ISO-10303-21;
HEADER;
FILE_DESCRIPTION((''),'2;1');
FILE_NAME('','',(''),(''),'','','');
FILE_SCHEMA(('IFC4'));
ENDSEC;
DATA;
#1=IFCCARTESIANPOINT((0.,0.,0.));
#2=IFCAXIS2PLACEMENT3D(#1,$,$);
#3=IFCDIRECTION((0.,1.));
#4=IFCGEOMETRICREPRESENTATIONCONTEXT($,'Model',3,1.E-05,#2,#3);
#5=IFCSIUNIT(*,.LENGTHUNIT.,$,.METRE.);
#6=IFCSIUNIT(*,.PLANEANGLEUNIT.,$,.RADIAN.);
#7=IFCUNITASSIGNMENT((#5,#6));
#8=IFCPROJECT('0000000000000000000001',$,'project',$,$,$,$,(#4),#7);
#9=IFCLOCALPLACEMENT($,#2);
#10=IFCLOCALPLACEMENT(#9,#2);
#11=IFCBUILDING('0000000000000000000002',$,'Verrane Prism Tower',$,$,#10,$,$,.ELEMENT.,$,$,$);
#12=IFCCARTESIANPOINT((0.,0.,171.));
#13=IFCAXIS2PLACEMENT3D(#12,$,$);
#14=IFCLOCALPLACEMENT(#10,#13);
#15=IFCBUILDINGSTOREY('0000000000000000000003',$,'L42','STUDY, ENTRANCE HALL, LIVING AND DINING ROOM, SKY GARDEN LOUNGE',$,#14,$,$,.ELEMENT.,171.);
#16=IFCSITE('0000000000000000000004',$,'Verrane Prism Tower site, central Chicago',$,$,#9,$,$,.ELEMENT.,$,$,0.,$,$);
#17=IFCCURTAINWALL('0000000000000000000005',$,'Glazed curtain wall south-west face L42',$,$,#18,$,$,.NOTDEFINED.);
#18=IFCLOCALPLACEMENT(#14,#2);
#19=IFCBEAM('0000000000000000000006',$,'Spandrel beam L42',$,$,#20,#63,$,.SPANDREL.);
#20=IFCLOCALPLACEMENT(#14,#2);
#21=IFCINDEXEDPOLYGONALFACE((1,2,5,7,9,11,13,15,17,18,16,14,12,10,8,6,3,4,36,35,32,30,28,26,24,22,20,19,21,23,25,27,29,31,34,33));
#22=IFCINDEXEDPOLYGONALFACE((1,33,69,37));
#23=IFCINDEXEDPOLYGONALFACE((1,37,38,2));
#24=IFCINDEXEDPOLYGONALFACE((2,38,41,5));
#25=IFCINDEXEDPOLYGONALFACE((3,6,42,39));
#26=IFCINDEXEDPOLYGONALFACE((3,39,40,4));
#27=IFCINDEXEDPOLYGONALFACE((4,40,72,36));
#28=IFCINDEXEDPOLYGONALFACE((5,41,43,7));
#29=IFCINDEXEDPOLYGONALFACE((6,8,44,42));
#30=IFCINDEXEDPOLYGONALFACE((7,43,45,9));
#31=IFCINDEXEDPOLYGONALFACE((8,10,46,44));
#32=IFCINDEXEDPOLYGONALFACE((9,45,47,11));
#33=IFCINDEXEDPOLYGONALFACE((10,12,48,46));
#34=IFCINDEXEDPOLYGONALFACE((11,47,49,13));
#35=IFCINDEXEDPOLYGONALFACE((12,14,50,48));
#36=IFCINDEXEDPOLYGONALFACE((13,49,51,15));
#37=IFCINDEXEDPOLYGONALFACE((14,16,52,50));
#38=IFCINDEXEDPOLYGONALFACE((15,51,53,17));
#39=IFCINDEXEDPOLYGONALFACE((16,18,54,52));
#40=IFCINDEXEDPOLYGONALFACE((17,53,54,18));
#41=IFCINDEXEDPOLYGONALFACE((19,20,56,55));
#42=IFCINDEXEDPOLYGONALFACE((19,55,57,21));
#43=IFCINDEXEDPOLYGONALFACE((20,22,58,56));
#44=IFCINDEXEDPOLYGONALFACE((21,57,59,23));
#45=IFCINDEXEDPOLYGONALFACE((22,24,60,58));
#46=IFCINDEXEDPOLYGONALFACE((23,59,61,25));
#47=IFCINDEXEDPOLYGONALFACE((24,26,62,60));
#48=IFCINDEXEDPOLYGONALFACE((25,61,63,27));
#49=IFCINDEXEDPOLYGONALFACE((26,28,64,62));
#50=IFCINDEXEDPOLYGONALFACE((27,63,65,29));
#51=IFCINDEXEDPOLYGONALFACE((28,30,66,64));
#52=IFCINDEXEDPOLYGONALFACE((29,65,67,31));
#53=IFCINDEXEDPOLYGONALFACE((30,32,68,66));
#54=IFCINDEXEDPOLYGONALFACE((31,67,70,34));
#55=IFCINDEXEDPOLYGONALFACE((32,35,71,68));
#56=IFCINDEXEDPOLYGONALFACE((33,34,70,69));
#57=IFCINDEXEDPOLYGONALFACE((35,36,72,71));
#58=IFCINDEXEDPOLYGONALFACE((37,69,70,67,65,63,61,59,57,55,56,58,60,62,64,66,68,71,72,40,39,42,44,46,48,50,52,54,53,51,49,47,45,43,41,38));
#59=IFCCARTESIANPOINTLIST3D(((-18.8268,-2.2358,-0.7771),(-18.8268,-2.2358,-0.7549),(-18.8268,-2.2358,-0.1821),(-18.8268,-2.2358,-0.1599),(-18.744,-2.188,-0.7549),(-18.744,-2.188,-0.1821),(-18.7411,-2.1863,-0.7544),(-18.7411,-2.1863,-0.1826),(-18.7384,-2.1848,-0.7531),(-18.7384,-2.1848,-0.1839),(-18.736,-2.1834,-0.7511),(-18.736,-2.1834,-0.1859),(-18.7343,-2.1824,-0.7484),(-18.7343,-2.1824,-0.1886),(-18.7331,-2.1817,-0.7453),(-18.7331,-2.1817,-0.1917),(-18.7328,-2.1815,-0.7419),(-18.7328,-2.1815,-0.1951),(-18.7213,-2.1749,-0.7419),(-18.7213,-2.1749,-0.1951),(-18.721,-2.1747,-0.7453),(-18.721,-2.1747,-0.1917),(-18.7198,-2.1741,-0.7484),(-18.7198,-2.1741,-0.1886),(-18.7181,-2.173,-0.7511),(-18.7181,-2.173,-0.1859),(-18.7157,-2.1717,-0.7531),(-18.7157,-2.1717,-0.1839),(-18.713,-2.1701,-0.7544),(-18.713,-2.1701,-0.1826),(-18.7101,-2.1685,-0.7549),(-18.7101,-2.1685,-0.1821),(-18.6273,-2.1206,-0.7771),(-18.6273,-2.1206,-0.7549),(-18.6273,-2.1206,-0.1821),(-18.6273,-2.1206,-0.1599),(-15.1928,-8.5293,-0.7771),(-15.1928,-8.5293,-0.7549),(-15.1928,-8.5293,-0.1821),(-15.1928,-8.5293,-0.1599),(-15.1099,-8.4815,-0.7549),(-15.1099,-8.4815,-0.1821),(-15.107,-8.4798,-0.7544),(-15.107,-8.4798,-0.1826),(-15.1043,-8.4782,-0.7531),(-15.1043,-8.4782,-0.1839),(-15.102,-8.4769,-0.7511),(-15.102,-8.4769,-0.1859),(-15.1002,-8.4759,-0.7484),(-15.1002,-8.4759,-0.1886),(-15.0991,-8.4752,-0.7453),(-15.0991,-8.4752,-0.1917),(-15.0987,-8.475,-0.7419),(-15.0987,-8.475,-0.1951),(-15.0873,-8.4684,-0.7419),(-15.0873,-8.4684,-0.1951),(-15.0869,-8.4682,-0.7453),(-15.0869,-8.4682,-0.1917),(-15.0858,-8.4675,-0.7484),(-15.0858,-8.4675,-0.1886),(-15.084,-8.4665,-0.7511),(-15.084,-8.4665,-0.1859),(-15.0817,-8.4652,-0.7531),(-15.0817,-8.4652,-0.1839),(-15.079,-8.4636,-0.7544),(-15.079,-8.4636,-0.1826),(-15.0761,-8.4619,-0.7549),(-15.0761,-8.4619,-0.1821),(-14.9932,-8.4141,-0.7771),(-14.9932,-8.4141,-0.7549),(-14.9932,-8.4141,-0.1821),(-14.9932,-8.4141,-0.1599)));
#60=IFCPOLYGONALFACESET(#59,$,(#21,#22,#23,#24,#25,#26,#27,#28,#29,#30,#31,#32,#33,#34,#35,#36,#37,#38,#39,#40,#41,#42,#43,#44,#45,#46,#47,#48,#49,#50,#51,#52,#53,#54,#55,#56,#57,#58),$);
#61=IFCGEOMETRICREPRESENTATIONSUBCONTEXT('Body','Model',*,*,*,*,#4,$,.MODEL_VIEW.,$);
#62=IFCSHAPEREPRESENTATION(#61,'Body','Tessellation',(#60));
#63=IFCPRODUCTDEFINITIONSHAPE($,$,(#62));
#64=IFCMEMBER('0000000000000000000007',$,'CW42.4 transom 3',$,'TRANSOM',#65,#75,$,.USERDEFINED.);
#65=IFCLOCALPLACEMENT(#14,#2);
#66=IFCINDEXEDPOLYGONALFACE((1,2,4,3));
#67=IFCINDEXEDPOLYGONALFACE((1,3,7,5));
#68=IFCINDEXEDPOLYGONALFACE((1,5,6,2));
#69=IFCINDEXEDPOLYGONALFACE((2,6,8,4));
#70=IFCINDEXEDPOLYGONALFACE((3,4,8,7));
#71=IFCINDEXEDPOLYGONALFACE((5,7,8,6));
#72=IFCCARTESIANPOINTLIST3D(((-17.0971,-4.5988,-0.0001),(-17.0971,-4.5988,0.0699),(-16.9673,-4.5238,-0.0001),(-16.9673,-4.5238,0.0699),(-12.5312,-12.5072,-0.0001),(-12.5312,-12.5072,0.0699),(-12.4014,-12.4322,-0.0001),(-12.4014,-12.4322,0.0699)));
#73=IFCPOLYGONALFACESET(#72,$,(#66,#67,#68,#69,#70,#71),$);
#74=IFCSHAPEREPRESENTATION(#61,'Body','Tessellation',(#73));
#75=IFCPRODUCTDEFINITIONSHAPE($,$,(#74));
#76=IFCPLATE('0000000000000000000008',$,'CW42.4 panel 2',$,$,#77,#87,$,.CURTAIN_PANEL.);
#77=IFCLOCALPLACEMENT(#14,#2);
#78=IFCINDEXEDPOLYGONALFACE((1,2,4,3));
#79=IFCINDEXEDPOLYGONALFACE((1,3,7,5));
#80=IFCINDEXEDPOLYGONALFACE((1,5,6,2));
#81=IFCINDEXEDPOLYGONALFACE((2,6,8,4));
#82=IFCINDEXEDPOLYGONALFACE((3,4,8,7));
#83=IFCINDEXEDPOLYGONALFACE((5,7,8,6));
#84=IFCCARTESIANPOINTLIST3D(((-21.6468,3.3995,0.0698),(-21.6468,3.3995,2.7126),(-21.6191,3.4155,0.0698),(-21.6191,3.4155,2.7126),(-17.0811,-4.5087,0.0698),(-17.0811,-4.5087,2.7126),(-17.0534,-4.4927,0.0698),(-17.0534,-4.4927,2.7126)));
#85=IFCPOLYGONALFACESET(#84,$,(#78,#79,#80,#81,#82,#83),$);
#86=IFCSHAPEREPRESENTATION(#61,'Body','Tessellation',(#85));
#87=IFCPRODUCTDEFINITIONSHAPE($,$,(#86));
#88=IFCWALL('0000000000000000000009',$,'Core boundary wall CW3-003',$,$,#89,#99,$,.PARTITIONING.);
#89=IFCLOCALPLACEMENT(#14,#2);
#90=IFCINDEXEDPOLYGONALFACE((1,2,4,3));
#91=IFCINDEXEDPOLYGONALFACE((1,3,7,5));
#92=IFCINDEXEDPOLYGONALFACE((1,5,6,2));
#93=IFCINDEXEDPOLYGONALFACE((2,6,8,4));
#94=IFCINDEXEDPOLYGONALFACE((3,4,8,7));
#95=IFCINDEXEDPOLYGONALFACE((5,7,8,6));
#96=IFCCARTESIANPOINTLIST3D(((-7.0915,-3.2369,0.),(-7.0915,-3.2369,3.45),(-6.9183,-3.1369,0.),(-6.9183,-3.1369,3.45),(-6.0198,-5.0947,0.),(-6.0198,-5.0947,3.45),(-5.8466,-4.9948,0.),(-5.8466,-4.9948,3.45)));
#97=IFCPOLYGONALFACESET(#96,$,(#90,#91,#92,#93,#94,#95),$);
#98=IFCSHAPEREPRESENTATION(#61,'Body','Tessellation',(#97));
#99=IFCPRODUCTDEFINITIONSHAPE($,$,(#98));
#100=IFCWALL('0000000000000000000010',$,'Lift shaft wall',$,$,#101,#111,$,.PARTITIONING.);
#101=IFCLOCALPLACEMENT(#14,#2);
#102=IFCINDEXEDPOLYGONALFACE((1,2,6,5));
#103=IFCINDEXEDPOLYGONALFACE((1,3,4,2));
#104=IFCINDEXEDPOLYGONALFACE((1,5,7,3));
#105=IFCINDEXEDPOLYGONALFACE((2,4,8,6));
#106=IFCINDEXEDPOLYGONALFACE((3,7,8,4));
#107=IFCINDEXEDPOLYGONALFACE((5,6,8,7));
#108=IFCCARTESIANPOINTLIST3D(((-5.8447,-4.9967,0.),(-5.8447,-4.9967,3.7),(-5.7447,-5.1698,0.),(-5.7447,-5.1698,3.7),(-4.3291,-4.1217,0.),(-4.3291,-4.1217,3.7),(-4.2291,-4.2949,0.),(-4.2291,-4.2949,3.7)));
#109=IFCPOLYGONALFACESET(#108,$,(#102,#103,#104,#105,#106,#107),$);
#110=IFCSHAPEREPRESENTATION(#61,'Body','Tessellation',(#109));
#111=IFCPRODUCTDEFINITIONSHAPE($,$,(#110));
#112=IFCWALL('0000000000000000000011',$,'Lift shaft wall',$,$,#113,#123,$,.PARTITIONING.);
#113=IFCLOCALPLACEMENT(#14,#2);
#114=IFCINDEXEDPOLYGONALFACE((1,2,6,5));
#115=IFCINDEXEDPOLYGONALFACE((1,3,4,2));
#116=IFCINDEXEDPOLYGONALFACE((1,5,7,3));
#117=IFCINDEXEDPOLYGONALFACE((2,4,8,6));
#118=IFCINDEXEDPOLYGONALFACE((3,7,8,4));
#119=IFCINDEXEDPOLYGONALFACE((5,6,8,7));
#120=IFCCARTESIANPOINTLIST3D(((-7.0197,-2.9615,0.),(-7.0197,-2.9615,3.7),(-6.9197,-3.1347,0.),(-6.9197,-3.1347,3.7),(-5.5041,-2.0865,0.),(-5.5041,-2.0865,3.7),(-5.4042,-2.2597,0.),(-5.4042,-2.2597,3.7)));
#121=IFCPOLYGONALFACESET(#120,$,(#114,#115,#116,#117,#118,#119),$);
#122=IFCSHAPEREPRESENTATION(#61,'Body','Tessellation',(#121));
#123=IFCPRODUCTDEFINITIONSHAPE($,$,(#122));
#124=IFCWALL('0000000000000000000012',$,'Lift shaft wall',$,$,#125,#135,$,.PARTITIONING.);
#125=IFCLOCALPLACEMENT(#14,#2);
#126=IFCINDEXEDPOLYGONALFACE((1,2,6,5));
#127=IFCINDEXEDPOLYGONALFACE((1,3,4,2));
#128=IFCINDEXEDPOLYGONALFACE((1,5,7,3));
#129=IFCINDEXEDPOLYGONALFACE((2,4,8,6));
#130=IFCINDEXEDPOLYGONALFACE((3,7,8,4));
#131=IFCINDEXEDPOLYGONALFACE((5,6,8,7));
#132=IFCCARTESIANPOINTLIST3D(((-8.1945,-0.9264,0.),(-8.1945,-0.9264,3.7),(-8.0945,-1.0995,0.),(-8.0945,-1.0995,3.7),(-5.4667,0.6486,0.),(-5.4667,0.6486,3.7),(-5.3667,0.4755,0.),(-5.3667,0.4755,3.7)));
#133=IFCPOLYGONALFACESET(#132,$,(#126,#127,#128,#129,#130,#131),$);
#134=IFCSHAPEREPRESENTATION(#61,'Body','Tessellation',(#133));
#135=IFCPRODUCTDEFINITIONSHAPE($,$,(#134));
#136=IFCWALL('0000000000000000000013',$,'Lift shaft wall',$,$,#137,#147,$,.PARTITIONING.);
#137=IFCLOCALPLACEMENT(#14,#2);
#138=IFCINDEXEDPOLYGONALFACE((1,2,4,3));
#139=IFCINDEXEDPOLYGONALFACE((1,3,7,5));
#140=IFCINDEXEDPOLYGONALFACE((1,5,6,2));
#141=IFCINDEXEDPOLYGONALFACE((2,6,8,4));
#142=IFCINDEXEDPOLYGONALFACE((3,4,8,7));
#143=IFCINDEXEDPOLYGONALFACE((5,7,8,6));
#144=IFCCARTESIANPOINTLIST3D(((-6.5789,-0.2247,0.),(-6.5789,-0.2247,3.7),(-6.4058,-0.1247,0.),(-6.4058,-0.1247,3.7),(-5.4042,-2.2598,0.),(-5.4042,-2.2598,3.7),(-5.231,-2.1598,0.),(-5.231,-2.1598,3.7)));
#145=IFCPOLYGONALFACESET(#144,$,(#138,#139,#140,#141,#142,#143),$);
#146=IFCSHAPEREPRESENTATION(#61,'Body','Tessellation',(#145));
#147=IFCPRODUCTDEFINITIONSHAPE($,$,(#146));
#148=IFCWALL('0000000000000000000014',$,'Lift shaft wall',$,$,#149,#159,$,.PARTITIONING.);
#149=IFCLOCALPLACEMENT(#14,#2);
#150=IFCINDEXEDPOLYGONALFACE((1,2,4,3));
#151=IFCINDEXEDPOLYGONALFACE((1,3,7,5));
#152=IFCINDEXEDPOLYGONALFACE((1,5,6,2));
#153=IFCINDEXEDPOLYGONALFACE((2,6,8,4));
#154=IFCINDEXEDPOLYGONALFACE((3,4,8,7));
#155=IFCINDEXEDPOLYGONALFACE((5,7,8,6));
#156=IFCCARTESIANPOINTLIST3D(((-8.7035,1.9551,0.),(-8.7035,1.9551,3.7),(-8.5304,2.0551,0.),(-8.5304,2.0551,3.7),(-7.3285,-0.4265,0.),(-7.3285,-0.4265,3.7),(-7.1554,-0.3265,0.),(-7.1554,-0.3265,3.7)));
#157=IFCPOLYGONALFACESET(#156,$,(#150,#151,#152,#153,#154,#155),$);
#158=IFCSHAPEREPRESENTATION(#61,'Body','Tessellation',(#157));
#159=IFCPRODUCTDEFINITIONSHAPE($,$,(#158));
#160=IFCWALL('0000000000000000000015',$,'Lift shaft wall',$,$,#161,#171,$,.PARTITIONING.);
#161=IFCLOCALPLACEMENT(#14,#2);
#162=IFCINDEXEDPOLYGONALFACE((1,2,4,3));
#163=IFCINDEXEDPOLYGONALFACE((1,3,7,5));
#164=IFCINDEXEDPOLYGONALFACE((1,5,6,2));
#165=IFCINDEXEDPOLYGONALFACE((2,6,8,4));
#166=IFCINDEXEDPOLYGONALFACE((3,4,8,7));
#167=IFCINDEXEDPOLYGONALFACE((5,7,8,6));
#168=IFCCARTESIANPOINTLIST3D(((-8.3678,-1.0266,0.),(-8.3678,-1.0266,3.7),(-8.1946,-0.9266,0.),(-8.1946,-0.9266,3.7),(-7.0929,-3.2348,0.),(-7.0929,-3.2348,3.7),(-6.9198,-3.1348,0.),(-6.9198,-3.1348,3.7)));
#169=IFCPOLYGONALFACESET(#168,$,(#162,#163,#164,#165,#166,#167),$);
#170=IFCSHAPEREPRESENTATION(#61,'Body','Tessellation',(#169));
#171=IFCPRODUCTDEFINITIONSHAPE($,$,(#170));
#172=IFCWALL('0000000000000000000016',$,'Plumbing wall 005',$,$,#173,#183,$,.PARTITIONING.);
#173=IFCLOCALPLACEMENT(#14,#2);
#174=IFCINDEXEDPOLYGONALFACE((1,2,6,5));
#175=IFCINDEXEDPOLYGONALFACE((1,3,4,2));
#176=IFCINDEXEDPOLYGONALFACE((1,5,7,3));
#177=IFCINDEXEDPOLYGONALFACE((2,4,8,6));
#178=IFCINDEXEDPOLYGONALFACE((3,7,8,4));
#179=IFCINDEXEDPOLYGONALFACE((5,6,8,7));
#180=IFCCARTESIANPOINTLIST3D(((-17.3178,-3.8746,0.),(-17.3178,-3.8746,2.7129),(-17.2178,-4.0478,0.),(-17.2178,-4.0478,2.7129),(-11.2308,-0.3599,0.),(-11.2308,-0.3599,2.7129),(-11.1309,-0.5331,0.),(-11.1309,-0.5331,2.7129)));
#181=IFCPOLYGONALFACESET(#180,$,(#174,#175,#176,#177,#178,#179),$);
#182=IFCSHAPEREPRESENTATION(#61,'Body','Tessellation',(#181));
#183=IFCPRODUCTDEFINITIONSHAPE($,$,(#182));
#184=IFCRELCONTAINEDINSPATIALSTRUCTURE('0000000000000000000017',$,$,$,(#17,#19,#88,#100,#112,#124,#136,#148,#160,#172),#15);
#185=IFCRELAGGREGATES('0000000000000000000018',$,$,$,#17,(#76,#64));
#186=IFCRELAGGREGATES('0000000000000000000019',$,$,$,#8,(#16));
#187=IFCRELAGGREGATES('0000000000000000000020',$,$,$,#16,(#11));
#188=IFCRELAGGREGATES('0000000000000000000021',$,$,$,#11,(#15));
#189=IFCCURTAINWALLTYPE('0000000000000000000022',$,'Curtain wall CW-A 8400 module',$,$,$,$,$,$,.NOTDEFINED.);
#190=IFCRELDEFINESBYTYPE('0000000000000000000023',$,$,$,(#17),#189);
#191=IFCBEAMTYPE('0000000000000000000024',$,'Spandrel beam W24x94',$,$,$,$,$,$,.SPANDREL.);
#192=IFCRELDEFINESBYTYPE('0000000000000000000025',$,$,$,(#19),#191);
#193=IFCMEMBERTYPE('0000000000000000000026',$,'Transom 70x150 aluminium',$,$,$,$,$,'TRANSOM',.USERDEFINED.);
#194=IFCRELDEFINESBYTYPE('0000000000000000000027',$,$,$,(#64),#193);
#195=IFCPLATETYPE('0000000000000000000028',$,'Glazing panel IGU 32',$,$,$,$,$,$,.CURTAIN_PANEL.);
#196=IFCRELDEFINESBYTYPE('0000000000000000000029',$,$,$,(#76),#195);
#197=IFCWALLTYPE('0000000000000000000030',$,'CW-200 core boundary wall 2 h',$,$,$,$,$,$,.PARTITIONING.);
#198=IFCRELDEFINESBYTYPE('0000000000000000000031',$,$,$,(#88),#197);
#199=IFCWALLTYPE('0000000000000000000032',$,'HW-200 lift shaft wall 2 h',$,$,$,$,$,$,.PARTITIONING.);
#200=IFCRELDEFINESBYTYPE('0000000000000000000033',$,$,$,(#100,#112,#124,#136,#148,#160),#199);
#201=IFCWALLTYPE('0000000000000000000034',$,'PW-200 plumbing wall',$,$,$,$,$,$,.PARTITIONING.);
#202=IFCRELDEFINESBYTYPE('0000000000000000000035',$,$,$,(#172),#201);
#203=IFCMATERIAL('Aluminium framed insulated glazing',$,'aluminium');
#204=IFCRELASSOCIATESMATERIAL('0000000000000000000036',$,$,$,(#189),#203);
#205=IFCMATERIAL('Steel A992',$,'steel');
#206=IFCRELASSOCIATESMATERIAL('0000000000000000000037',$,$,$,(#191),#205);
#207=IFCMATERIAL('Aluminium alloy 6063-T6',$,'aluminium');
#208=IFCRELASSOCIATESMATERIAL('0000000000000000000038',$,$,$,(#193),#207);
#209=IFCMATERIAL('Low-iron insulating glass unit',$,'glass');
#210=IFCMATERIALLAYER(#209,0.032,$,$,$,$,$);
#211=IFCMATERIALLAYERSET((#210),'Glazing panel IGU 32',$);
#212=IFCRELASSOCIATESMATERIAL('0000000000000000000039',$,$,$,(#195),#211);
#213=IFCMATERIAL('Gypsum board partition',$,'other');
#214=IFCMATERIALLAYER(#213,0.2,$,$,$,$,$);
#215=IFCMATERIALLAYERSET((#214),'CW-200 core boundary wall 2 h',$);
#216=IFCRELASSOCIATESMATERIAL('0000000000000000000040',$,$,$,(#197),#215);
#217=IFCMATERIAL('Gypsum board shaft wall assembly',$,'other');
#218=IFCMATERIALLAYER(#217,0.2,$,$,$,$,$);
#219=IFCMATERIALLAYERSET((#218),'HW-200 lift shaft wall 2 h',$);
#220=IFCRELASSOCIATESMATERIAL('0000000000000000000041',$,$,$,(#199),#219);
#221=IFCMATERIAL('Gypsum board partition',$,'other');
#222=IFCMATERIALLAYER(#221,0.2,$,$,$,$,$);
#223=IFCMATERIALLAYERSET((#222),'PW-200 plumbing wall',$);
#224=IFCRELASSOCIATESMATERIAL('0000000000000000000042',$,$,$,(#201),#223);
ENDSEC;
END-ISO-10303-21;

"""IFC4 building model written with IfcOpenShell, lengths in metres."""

from ifc_helpers import new_model, si_unit, direction, frame, frame_2d, origin, origin_2d, place, context, subcontext, project, spatial, rectangle, i_section, extrude, material, layer, layer_set, material_profile, profile_set, type_object, element, aggregate, save


model = new_model("IFC4")

# Units and contexts
model_context = context("Model", 3, precision=1e-05, world=origin(), true_north=direction((0.0, 1.0)))
body_context = subcontext(model_context, "Body", "Model", "MODEL_VIEW")
ifc_project = project(units=[si_unit("LENGTHUNIT", "METRE"), si_unit("PLANEANGLEUNIT", "RADIAN")], contexts=[model_context])

# Site, building, storey
site_placement = place(None, origin())
site = spatial("IfcSite", under=ifc_project, at=site_placement, Name="Verrane Prism Tower site, central Chicago", CompositionType="ELEMENT", RefElevation=0.0)
building_placement = place(site_placement, origin())
building = spatial("IfcBuilding", under=site, at=building_placement, Name="Verrane Prism Tower", CompositionType="ELEMENT")
storey_placement = place(building_placement, frame((0.0, 0.0, 171.0)))
storey = spatial("IfcBuildingStorey", under=building, at=storey_placement, Name="L42", Description="STUDY, ENTRANCE HALL, LIVING AND DINING ROOM, SKY GARDEN LOUNGE", CompositionType="ELEMENT", Elevation=171.0)

# Curtain wall
ifc_material_1 = material(Name="Aluminium framed insulated glazing", Category="aluminium")
curtain_wall_type = type_object("IfcCurtainWallType", Name="Curtain wall CW-A 8400 module", PredefinedType="NOTDEFINED", material=ifc_material_1)
curtain_wall_placement = place(storey_placement, origin())
curtain_wall = element("IfcCurtainWall", 1, at=curtain_wall_placement, inside=storey, type_object=curtain_wall_type, Name="Glazed curtain wall south-west face L42", PredefinedType="NOTDEFINED")

# Beam
ifc_material_2 = material(Name="Steel A992", Category="steel")
ifc_material_profile_1 = material_profile(ifc_material_2, i_section(OverallWidth=0.2305, OverallDepth=0.6172, WebThickness=0.0132, FlangeThickness=0.0222, FilletRadius=0.0129, at=origin_2d()), Name="W24x94")
ifc_profile_set_1 = profile_set([ifc_material_profile_1], Name="Steel A992")
beam_type_1 = type_object("IfcBeamType", Name="Spandrel beam W24x94", PredefinedType="SPANDREL", material=ifc_profile_set_1)
beam_1_placement = place(storey_placement, frame((-18.7271, -2.1782, -0.4685), z_axis=(0.500052, -0.865995, 0.0), x_axis=(0.865995, 0.500052, 0.0)))
element("IfcBeam", 2, at=beam_1_placement, inside=storey, type_object=beam_type_1, Name="Spandrel beam L42", PredefinedType="SPANDREL", context=body_context, shape_type="SweptSolid", body=[
    extrude(i_section(OverallWidth=0.2305, OverallDepth=0.6172, WebThickness=0.0132, FlangeThickness=0.0222, FilletRadius=0.0129, at=origin_2d()), origin(), (0.0, 0.0, 1.0), 7.2673),
])

# Member
ifc_material_3 = material(Name="Aluminium alloy 6063-T6", Category="aluminium")
ifc_material_profile_2 = material_profile(ifc_material_3, rectangle(XDim=0.1499, YDim=0.0701, at=origin_2d()), Name="Transom 70x150 aluminium")
ifc_profile_set_2 = profile_set([ifc_material_profile_2], Name="Aluminium alloy 6063-T6")
member_type_1 = type_object("IfcMemberType", Name="Transom 70x150 aluminium", ElementType="TRANSOM", PredefinedType="USERDEFINED", material=ifc_profile_set_2)
member_1_placement = place(storey_placement, frame((-17.0322, -4.5613, 0.0349), z_axis=(0.499998, -0.866027, 0.0), x_axis=(0.866027, 0.499998, 0.0)))
member_1 = element("IfcMember", 3, at=member_1_placement, type_object=member_type_1, Name="CW42.4 transom 3", ObjectType="TRANSOM", PredefinedType="USERDEFINED", context=body_context, shape_type="SweptSolid", body=[
    extrude(rectangle(XDim=0.1499, YDim=0.0701, at=origin_2d()), origin(), (0.0, 0.0, 1.0), 9.1318),
])

# Plate
ifc_material_4 = material(Name="Low-iron insulating glass unit", Category="glass")
ifc_layer_1 = layer(ifc_material_4, 0.032)
ifc_layer_set_1 = layer_set([ifc_layer_1], Name="Glazing panel IGU 32")
plate_type = type_object("IfcPlateType", Name="Glazing panel IGU 32", PredefinedType="CURTAIN_PANEL", material=ifc_layer_set_1)
plate_placement = place(storey_placement, frame((-19.3501, -0.5466, 0.0698), z_axis=(0.0, 0.0, 1.0), x_axis=(0.499999, -0.866026, 0.0)))
plate = element("IfcPlate", 4, at=plate_placement, type_object=plate_type, Name="CW42.4 panel 2", PredefinedType="CURTAIN_PANEL", context=body_context, shape_type="SweptSolid", body=[
    extrude(rectangle(XDim=9.1316, YDim=0.032, at=origin_2d()), origin(), (0.0, 0.0, 1.0), 2.6428),
])
aggregate(curtain_wall, [plate, member_1])

# Walls
ifc_material_5 = material(Name="Gypsum board partition", Category="other")
ifc_layer_2 = layer(ifc_material_5, 0.2)
ifc_layer_set_2 = layer_set([ifc_layer_2], Name="CW-200 core boundary wall 2 h")
wall_type_1 = type_object("IfcWallType", Name="CW-200 core boundary wall 2 h", PredefinedType="PARTITIONING", material=ifc_layer_set_2)
wall_1_placement = place(storey_placement, frame((-7.0049, -3.187, 0.0), z_axis=(0.0, 0.0, 1.0), x_axis=(0.49969, -0.866205, 0.0)))
element("IfcWall", 5, at=wall_1_placement, inside=storey, type_object=wall_type_1, Name="Core boundary wall CW3-003", PredefinedType="PARTITIONING", context=body_context, shape_type="SweptSolid", body=[
    extrude(rectangle(XDim=2.1448, YDim=0.2, at=frame_2d((1.0723, 0.0))), origin(), (0.0, 0.0, 1.0), 3.45),
])
ifc_material_6 = material(Name="Gypsum board shaft wall assembly", Category="other")
ifc_layer_3 = layer(ifc_material_6, 0.2)
ifc_layer_set_3 = layer_set([ifc_layer_3], Name="HW-200 lift shaft wall 2 h")
wall_type_2 = type_object("IfcWallType", Name="HW-200 lift shaft wall 2 h", PredefinedType="PARTITIONING", material=ifc_layer_set_3)
for number, where, z_axis, x_axis, name in (
    (6, (-5.7947, -5.0833, 0.0), (0.0, 0.0, 1.0), (0.866037, 0.49998, 0.0), "Lift shaft wall"),
    (7, (-6.9697, -3.0481, 0.0), (0.0, 0.0, 1.0), (0.866037, 0.49998, 0.0), "Lift shaft wall"),
):
    element("IfcWall", number, at=place(storey_placement, frame(where, z_axis=z_axis, x_axis=x_axis)), inside=storey, type_object=wall_type_2, Name=name, PredefinedType="PARTITIONING", context=body_context, shape_type="SweptSolid", body=[
        extrude(rectangle(XDim=1.75, YDim=0.2, at=frame_2d((0.875, 0.0))), origin(), (0.0, 0.0, 1.0), 3.7),
    ])
wall_2_placement = place(storey_placement, frame((-8.1445, -1.0129, 0.0), z_axis=(0.0, 0.0, 1.0), x_axis=(0.866016, 0.500015, 0.0)))
element("IfcWall", 8, at=wall_2_placement, inside=storey, type_object=wall_type_2, Name="Lift shaft wall", PredefinedType="PARTITIONING", context=body_context, shape_type="SweptSolid", body=[
    extrude(rectangle(XDim=3.1499, YDim=0.2, at=frame_2d((1.575, 0.0))), origin(), (0.0, 0.0, 1.0), 3.7),
])
wall_3_placement = place(storey_placement, frame((-5.3176, -2.2097, 0.0), z_axis=(0.0, 0.0, 1.0), x_axis=(-0.499938, 0.866061, 0.0)))
element("IfcWall", 9, at=wall_3_placement, inside=storey, type_object=wall_type_2, Name="Lift shaft wall", PredefinedType="PARTITIONING", context=body_context, shape_type="SweptSolid", body=[
    extrude(rectangle(XDim=2.3499, YDim=0.2, at=frame_2d((1.1748, 0.0))), origin(), (0.0, 0.0, 1.0), 3.7),
])
wall_4_placement = place(storey_placement, frame((-7.2419, -0.3765, 0.0), z_axis=(0.0, 0.0, 1.0), x_axis=(-0.499997, 0.866027, 0.0)))
element("IfcWall", 10, at=wall_4_placement, inside=storey, type_object=wall_type_2, Name="Lift shaft wall", PredefinedType="PARTITIONING", context=body_context, shape_type="SweptSolid", body=[
    extrude(rectangle(XDim=2.75, YDim=0.2, at=frame_2d((1.375, 0.0))), origin(), (0.0, 0.0, 1.0), 3.7),
])
wall_5_placement = place(storey_placement, frame((-7.0063, -3.1848, 0.0), z_axis=(0.0, 0.0, 1.0), x_axis=(-0.49999, 0.866031, 0.0)))
element("IfcWall", 11, at=wall_5_placement, inside=storey, type_object=wall_type_2, Name="Lift shaft wall", PredefinedType="PARTITIONING", context=body_context, shape_type="SweptSolid", body=[
    extrude(rectangle(XDim=2.5498, YDim=0.2, at=frame_2d((1.2749, 0.0))), origin(), (0.0, 0.0, 1.0), 3.7),
])
ifc_material_7 = material(Name="Gypsum board partition", Category="other")
ifc_layer_4 = layer(ifc_material_7, 0.2)
ifc_layer_set_4 = layer_set([ifc_layer_4], Name="PW-200 plumbing wall")
wall_type_3 = type_object("IfcWallType", Name="PW-200 plumbing wall", PredefinedType="PARTITIONING", material=ifc_layer_set_4)
wall_6_placement = place(storey_placement, frame((-17.2678, -3.9612, 0.0), z_axis=(0.0, 0.0, 1.0), x_axis=(0.866003, 0.500039, 0.0)))
element("IfcWall", 12, at=wall_6_placement, inside=storey, type_object=wall_type_3, Name="Plumbing wall 005", PredefinedType="PARTITIONING", context=body_context, shape_type="SweptSolid", body=[
    extrude(rectangle(XDim=7.0288, YDim=0.2, at=frame_2d((3.5144, 0.0))), origin(), (0.0, 0.0, 1.0), 2.7129),
])

save(model, "model.ifc")
